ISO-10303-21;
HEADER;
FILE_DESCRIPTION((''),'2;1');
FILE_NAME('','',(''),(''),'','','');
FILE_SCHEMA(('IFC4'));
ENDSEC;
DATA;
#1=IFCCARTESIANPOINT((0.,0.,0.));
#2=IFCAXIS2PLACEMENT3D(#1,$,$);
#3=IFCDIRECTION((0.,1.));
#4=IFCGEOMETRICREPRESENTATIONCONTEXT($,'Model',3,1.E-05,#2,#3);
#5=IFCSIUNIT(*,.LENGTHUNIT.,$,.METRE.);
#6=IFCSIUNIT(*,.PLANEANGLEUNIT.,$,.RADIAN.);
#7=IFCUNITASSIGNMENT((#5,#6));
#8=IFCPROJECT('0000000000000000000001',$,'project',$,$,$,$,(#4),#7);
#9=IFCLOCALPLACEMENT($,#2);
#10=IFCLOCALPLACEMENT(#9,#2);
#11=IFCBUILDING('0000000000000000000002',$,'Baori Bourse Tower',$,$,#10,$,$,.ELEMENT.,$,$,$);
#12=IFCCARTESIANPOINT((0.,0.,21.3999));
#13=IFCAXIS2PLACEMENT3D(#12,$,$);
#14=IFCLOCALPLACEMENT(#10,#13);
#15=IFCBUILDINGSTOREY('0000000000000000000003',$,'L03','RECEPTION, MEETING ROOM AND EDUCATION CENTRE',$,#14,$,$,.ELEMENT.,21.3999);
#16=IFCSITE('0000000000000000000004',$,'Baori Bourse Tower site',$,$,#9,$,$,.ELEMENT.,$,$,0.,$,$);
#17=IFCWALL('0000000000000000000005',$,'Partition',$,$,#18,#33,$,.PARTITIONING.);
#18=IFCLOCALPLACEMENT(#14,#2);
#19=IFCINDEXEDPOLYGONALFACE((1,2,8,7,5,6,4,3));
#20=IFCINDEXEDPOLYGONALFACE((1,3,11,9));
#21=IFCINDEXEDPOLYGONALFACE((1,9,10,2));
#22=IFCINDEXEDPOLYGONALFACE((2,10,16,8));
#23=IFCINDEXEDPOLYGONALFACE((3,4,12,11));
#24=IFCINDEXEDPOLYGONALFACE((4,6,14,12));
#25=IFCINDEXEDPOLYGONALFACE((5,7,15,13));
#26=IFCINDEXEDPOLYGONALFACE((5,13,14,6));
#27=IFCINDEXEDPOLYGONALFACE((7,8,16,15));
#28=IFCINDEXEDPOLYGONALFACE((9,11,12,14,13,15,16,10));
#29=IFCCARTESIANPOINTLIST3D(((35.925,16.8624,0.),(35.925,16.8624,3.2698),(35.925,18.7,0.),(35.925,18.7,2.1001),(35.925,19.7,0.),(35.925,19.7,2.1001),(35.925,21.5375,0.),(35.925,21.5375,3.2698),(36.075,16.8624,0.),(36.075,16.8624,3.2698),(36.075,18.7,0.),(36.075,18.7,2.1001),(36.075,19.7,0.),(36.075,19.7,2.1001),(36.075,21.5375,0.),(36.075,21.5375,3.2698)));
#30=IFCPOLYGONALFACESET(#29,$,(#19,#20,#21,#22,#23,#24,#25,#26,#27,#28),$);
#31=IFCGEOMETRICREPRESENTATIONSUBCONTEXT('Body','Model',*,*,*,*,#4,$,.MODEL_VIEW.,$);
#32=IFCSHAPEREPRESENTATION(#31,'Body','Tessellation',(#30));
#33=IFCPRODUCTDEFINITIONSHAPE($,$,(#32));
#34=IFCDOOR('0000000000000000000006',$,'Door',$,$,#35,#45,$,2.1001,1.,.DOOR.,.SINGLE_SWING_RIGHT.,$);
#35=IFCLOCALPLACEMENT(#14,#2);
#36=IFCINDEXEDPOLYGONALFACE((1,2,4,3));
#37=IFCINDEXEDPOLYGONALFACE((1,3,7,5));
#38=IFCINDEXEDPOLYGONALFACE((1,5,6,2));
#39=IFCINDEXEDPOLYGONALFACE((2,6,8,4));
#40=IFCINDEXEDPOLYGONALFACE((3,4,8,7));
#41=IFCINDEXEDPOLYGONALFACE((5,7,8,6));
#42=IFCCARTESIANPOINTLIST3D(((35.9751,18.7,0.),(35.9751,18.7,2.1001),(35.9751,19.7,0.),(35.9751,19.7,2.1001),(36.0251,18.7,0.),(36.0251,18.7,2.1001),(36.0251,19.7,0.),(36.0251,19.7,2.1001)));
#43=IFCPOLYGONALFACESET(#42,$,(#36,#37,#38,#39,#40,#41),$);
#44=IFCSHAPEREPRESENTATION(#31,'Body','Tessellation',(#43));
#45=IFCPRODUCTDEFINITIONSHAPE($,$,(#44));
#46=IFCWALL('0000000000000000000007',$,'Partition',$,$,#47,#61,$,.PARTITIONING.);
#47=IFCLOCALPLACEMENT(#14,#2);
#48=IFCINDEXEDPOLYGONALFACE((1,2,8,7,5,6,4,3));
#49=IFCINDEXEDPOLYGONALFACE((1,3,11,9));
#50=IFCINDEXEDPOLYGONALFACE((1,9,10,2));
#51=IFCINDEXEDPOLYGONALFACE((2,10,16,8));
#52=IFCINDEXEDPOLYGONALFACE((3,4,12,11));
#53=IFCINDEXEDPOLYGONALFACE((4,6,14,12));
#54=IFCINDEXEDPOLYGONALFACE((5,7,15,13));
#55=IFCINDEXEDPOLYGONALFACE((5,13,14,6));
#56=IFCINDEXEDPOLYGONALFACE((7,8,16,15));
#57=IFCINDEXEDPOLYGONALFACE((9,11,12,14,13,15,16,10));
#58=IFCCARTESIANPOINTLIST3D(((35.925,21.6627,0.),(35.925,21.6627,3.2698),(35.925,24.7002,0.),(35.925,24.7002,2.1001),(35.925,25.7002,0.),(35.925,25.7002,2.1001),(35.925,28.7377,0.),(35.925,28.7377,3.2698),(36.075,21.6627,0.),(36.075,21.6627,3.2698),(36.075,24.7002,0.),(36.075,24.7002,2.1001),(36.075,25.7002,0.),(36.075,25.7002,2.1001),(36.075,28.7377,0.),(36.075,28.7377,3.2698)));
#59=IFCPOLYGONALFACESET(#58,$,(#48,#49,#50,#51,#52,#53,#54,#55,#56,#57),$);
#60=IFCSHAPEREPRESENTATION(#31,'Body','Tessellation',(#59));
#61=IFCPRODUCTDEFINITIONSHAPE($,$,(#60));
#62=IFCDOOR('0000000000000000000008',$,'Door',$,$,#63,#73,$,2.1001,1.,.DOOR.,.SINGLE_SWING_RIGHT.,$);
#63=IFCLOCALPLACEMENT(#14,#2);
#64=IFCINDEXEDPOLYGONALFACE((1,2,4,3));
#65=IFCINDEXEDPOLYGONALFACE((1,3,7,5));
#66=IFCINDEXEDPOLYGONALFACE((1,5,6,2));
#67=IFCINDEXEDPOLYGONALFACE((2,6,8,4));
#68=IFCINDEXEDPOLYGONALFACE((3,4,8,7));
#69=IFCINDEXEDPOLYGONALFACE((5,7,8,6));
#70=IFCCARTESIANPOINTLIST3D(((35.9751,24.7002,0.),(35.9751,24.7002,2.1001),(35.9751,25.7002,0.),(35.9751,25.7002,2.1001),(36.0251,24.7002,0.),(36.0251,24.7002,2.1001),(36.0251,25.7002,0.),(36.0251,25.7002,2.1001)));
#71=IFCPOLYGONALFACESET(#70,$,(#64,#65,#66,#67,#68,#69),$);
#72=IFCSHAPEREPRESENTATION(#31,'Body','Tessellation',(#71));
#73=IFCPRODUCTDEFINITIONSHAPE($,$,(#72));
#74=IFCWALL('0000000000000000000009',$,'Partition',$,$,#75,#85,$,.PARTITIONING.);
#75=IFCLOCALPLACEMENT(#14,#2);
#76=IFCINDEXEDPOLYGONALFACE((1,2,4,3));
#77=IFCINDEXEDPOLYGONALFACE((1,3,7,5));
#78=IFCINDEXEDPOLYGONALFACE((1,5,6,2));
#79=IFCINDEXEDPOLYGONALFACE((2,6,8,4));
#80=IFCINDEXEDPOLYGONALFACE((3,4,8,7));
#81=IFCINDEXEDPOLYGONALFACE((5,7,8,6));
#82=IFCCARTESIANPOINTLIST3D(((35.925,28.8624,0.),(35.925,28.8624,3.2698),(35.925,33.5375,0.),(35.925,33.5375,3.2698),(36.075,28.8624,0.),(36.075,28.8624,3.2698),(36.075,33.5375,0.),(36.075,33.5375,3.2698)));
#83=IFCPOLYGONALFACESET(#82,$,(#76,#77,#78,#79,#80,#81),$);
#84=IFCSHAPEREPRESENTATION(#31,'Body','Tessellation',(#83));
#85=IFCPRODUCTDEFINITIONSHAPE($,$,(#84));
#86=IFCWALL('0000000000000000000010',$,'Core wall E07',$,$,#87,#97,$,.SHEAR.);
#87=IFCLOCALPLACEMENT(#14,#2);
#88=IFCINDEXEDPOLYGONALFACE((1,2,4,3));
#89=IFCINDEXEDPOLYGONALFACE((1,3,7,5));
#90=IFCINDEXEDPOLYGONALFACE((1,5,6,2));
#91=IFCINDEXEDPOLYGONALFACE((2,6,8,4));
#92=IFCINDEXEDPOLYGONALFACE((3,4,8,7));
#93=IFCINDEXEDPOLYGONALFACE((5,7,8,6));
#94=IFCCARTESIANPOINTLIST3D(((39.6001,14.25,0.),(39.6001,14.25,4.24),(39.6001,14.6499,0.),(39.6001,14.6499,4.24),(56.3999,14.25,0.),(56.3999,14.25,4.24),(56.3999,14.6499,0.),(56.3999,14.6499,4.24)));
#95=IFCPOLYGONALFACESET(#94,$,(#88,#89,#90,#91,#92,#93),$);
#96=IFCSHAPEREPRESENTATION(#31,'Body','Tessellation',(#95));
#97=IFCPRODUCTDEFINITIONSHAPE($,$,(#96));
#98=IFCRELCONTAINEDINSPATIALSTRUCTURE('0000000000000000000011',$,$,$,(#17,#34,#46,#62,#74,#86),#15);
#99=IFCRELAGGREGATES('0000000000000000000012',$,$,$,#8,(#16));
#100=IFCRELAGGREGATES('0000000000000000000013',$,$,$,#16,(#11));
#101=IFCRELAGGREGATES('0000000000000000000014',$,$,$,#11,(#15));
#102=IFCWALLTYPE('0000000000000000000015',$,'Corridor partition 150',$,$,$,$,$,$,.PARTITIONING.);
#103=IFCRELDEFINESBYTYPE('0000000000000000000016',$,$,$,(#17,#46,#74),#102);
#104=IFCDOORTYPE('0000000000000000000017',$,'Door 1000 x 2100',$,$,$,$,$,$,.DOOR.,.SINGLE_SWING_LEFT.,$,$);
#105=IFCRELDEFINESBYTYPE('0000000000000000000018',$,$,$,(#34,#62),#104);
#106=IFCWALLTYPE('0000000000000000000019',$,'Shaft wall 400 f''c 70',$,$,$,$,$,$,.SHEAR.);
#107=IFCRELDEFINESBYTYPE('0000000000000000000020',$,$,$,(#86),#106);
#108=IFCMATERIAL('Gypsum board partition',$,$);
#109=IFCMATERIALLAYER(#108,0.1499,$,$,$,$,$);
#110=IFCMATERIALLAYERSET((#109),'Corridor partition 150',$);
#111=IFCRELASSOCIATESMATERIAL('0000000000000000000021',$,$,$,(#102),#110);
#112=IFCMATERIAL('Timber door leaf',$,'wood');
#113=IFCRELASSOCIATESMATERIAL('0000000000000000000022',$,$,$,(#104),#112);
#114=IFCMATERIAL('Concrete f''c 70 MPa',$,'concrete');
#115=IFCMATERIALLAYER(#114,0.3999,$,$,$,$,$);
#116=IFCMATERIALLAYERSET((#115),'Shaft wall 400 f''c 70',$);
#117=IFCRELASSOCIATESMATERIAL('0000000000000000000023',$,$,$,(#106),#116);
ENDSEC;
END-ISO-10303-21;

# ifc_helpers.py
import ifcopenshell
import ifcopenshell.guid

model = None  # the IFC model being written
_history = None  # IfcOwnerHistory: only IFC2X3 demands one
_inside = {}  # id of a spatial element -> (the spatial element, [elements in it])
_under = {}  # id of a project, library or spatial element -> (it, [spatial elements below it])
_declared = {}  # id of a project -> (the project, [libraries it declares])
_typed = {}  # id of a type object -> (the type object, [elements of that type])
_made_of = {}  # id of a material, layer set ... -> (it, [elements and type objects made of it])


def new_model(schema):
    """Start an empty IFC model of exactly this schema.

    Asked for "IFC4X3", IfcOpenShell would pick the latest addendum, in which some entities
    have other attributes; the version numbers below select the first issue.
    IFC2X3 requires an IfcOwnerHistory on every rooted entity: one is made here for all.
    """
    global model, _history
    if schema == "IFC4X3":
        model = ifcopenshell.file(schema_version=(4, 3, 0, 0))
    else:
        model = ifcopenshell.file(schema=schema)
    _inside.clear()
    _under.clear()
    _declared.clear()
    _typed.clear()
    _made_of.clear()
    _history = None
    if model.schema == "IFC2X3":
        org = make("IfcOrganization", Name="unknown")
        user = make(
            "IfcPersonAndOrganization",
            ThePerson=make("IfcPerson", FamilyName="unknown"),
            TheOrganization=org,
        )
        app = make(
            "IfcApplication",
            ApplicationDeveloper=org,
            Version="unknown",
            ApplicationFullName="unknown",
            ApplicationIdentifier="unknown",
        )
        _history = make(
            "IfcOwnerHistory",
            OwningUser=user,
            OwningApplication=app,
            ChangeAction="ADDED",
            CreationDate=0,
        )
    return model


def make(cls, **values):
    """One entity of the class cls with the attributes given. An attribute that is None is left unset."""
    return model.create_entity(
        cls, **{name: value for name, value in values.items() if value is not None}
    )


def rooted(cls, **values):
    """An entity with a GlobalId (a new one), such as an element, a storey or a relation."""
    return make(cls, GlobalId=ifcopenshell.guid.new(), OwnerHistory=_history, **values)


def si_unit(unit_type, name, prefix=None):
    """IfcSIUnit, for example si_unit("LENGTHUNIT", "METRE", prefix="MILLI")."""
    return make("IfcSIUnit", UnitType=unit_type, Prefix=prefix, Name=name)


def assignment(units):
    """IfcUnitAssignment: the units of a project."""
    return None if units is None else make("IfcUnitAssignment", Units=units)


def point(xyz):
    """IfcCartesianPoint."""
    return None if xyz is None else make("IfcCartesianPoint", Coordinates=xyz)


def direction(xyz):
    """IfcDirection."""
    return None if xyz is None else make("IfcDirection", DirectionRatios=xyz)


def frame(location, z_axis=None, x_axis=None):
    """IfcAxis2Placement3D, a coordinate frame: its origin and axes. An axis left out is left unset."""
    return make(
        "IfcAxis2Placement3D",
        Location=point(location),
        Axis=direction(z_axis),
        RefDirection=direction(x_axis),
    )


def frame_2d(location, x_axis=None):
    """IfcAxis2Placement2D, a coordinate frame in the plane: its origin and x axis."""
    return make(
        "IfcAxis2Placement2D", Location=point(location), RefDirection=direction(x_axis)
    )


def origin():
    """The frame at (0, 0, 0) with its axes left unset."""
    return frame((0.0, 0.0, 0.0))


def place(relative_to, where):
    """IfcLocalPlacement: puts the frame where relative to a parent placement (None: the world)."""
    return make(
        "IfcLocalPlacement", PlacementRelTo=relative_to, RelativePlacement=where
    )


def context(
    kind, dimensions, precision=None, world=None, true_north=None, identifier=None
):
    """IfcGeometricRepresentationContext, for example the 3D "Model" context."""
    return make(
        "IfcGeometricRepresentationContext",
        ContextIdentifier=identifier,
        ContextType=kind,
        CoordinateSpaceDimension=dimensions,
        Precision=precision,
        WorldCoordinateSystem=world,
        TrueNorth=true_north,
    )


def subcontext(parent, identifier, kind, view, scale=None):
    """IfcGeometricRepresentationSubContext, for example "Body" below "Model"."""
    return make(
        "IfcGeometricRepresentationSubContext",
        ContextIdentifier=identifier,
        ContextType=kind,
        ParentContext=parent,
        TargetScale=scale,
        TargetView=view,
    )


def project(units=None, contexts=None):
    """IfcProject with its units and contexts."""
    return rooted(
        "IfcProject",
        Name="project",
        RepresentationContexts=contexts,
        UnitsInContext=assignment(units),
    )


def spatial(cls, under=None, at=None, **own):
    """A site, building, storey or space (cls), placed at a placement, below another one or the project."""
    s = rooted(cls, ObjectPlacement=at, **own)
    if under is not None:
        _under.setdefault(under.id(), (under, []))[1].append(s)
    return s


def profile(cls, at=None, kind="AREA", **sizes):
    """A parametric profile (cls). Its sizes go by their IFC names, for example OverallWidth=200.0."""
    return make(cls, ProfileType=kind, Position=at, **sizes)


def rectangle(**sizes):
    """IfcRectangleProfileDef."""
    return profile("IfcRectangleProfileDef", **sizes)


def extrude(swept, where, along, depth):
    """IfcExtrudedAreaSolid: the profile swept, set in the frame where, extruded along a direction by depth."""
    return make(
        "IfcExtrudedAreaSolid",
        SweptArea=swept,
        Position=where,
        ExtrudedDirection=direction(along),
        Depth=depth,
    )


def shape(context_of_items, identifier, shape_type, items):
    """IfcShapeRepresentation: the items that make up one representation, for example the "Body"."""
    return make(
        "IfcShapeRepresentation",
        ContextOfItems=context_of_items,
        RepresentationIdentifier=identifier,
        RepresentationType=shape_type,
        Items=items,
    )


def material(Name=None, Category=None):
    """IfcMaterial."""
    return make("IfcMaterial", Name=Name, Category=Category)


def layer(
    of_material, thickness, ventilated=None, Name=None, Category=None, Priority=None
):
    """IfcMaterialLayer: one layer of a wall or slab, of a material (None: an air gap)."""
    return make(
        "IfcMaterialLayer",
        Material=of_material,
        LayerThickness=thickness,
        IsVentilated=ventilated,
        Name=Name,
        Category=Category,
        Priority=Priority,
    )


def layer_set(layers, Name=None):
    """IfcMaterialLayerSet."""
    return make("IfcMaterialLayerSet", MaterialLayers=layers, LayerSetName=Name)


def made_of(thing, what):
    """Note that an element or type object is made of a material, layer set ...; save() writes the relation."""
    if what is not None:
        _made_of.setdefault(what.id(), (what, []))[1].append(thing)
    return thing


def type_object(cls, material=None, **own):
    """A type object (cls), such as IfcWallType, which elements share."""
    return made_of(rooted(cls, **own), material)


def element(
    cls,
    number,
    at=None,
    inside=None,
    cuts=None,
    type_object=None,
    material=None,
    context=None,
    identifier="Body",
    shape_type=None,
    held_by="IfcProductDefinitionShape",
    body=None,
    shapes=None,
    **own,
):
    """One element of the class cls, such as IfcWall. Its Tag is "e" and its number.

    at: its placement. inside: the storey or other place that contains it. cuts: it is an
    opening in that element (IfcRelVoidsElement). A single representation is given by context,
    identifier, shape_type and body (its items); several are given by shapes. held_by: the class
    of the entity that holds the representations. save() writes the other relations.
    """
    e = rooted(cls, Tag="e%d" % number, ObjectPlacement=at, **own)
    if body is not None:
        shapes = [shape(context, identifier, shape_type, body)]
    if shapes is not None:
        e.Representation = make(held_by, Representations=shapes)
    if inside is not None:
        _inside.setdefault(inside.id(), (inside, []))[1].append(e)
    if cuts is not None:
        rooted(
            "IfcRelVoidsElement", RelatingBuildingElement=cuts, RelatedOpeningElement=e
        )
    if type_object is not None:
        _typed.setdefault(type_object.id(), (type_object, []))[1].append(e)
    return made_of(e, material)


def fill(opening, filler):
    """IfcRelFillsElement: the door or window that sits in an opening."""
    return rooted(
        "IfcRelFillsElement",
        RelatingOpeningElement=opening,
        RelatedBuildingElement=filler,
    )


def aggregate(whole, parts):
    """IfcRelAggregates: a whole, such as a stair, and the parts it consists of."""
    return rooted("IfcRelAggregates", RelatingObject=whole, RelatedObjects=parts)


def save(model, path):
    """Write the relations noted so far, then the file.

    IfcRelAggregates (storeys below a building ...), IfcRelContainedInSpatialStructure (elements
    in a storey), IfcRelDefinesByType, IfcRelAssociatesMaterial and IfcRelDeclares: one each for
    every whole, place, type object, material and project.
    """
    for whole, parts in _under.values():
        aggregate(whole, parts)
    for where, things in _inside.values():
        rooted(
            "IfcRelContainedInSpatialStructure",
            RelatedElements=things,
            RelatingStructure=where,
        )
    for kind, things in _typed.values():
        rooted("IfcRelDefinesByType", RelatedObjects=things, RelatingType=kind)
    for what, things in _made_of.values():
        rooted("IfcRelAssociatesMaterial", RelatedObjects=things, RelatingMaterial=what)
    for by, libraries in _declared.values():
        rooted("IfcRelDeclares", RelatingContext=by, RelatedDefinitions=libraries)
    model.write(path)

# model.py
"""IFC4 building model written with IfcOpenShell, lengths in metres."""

from ifc_helpers import new_model, si_unit, direction, frame, frame_2d, origin, place, context, subcontext, project, spatial, rectangle, extrude, material, layer, layer_set, type_object, element, fill, save


model = new_model("IFC4")

# Units and contexts
model_context = context("Model", 3, precision=1e-05, world=origin(), true_north=direction((0.0, 1.0)))
body_context = subcontext(model_context, "Body", "Model", "MODEL_VIEW")
ifc_project = project(units=[si_unit("LENGTHUNIT", "METRE"), si_unit("PLANEANGLEUNIT", "RADIAN")], contexts=[model_context])

# Site, building, storey
site_placement = place(None, origin())
site = spatial("IfcSite", under=ifc_project, at=site_placement, Name="Baori Bourse Tower site", CompositionType="ELEMENT", RefElevation=0.0)
building_placement = place(site_placement, origin())
building = spatial("IfcBuilding", under=site, at=building_placement, Name="Baori Bourse Tower", CompositionType="ELEMENT")
storey_placement = place(building_placement, frame((0.0, 0.0, 21.3999)))
storey = spatial("IfcBuildingStorey", under=building, at=storey_placement, Name="L03", Description="RECEPTION, MEETING ROOM AND EDUCATION CENTRE", CompositionType="ELEMENT", Elevation=21.3999)

# Walls, openings, doors
ifc_material_1 = material(Name="Gypsum board partition")
ifc_layer_1 = layer(ifc_material_1, 0.1499)
ifc_layer_set_1 = layer_set([ifc_layer_1], Name="Corridor partition 150")
wall_type_1 = type_object("IfcWallType", Name="Corridor partition 150", PredefinedType="PARTITIONING", material=ifc_layer_set_1)
wall_1_placement = place(storey_placement, frame((36.0, 16.8625, 0.0), z_axis=(0.0, 0.0, 1.0), x_axis=(0.0, 1.0, 0.0)))
wall_1 = element("IfcWall", 1, at=wall_1_placement, inside=storey, type_object=wall_type_1, Name="Partition", PredefinedType="PARTITIONING", context=body_context, shape_type="SweptSolid", body=[
    extrude(rectangle(XDim=4.675, YDim=0.1499, at=frame_2d((2.3374, 0.0))), origin(), (0.0, 0.0, 1.0), 3.2698),
])
opening_1_placement = place(wall_1_placement, frame((1.8374, 0.0, 0.0)))
opening_1 = element("IfcOpeningElement", 2, at=opening_1_placement, cuts=wall_1, PredefinedType="OPENING", context=body_context, shape_type="SweptSolid", body=[
    extrude(rectangle(XDim=1.0, YDim=2.1001, at=frame_2d((0.5, 1.05))), frame((0.0, 0.085, 0.0), z_axis=(0.0, -1.0, 0.0), x_axis=(1.0, 0.0, 0.0)), (0.0, 0.0, 1.0), 0.1699),
])
ifc_material_2 = material(Name="Timber door leaf", Category="wood")
door_type_1 = type_object("IfcDoorType", Name="Door 1000 x 2100", OperationType="SINGLE_SWING_LEFT", PredefinedType="DOOR", material=ifc_material_2)
door_1_placement = place(opening_1_placement, origin())
door_1 = element("IfcDoor", 3, at=door_1_placement, inside=storey, type_object=door_type_1, Name="Door", OperationType="SINGLE_SWING_RIGHT", OverallHeight=2.1001, OverallWidth=1.0, PredefinedType="DOOR", context=body_context, shape_type="SweptSolid", body=[
    extrude(rectangle(XDim=1.0, YDim=2.1001, at=frame_2d((0.5, 1.05))), frame((0.0, 0.0249, 0.0), z_axis=(0.0, -1.0, 0.0), x_axis=(1.0, 0.0, 0.0)), (0.0, 0.0, 1.0), 0.05),
])
fill(opening_1, door_1)
wall_2_placement = place(storey_placement, frame((36.0, 21.6626, 0.0), z_axis=(0.0, 0.0, 1.0), x_axis=(0.0, 1.0, 0.0)))
wall_2 = element("IfcWall", 4, at=wall_2_placement, inside=storey, type_object=wall_type_1, Name="Partition", PredefinedType="PARTITIONING", context=body_context, shape_type="SweptSolid", body=[
    extrude(rectangle(XDim=7.075, YDim=0.1499, at=frame_2d((3.5376, 0.0))), origin(), (0.0, 0.0, 1.0), 3.2698),
])
opening_2_placement = place(wall_2_placement, frame((3.0376, 0.0, 0.0)))
opening_2 = element("IfcOpeningElement", 5, at=opening_2_placement, cuts=wall_2, PredefinedType="OPENING", context=body_context, shape_type="SweptSolid", body=[
    extrude(rectangle(XDim=1.0, YDim=2.1001, at=frame_2d((0.5, 1.05))), frame((0.0, 0.085, 0.0), z_axis=(0.0, -1.0, 0.0), x_axis=(1.0, 0.0, 0.0)), (0.0, 0.0, 1.0), 0.1699),
])
door_2_placement = place(opening_2_placement, origin())
door_2 = element("IfcDoor", 6, at=door_2_placement, inside=storey, type_object=door_type_1, Name="Door", OperationType="SINGLE_SWING_RIGHT", OverallHeight=2.1001, OverallWidth=1.0, PredefinedType="DOOR", context=body_context, shape_type="SweptSolid", body=[
    extrude(rectangle(XDim=1.0, YDim=2.1001, at=frame_2d((0.5, 1.05))), frame((0.0, 0.0249, 0.0), z_axis=(0.0, -1.0, 0.0), x_axis=(1.0, 0.0, 0.0)), (0.0, 0.0, 1.0), 0.05),
])
fill(opening_2, door_2)

# Walls
wall_3_placement = place(storey_placement, frame((36.0, 28.8625, 0.0), z_axis=(0.0, 0.0, 1.0), x_axis=(0.0, 1.0, 0.0)))
element("IfcWall", 7, at=wall_3_placement, inside=storey, type_object=wall_type_1, Name="Partition", PredefinedType="PARTITIONING", context=body_context, shape_type="SweptSolid", body=[
    extrude(rectangle(XDim=4.675, YDim=0.1499, at=frame_2d((2.3374, 0.0))), origin(), (0.0, 0.0, 1.0), 3.2698),
])
ifc_material_3 = material(Name="Concrete f'c 70 MPa", Category="concrete")
ifc_layer_2 = layer(ifc_material_3, 0.3999)
ifc_layer_set_2 = layer_set([ifc_layer_2], Name="Shaft wall 400 f'c 70")
wall_type_2 = type_object("IfcWallType", Name="Shaft wall 400 f'c 70", PredefinedType="SHEAR", material=ifc_layer_set_2)
wall_4_placement = place(storey_placement, frame((39.6001, 14.45, 0.0), z_axis=(0.0, 0.0, 1.0), x_axis=(1.0, 0.0, 0.0)))
element("IfcWall", 8, at=wall_4_placement, inside=storey, type_object=wall_type_2, Name="Core wall E07", PredefinedType="SHEAR", context=body_context, shape_type="SweptSolid", body=[
    extrude(rectangle(XDim=16.7998, YDim=0.3999, at=frame_2d((8.3999, 0.0))), origin(), (0.0, 0.0, 1.0), 4.24),
])

save(model, "model.ifc")
